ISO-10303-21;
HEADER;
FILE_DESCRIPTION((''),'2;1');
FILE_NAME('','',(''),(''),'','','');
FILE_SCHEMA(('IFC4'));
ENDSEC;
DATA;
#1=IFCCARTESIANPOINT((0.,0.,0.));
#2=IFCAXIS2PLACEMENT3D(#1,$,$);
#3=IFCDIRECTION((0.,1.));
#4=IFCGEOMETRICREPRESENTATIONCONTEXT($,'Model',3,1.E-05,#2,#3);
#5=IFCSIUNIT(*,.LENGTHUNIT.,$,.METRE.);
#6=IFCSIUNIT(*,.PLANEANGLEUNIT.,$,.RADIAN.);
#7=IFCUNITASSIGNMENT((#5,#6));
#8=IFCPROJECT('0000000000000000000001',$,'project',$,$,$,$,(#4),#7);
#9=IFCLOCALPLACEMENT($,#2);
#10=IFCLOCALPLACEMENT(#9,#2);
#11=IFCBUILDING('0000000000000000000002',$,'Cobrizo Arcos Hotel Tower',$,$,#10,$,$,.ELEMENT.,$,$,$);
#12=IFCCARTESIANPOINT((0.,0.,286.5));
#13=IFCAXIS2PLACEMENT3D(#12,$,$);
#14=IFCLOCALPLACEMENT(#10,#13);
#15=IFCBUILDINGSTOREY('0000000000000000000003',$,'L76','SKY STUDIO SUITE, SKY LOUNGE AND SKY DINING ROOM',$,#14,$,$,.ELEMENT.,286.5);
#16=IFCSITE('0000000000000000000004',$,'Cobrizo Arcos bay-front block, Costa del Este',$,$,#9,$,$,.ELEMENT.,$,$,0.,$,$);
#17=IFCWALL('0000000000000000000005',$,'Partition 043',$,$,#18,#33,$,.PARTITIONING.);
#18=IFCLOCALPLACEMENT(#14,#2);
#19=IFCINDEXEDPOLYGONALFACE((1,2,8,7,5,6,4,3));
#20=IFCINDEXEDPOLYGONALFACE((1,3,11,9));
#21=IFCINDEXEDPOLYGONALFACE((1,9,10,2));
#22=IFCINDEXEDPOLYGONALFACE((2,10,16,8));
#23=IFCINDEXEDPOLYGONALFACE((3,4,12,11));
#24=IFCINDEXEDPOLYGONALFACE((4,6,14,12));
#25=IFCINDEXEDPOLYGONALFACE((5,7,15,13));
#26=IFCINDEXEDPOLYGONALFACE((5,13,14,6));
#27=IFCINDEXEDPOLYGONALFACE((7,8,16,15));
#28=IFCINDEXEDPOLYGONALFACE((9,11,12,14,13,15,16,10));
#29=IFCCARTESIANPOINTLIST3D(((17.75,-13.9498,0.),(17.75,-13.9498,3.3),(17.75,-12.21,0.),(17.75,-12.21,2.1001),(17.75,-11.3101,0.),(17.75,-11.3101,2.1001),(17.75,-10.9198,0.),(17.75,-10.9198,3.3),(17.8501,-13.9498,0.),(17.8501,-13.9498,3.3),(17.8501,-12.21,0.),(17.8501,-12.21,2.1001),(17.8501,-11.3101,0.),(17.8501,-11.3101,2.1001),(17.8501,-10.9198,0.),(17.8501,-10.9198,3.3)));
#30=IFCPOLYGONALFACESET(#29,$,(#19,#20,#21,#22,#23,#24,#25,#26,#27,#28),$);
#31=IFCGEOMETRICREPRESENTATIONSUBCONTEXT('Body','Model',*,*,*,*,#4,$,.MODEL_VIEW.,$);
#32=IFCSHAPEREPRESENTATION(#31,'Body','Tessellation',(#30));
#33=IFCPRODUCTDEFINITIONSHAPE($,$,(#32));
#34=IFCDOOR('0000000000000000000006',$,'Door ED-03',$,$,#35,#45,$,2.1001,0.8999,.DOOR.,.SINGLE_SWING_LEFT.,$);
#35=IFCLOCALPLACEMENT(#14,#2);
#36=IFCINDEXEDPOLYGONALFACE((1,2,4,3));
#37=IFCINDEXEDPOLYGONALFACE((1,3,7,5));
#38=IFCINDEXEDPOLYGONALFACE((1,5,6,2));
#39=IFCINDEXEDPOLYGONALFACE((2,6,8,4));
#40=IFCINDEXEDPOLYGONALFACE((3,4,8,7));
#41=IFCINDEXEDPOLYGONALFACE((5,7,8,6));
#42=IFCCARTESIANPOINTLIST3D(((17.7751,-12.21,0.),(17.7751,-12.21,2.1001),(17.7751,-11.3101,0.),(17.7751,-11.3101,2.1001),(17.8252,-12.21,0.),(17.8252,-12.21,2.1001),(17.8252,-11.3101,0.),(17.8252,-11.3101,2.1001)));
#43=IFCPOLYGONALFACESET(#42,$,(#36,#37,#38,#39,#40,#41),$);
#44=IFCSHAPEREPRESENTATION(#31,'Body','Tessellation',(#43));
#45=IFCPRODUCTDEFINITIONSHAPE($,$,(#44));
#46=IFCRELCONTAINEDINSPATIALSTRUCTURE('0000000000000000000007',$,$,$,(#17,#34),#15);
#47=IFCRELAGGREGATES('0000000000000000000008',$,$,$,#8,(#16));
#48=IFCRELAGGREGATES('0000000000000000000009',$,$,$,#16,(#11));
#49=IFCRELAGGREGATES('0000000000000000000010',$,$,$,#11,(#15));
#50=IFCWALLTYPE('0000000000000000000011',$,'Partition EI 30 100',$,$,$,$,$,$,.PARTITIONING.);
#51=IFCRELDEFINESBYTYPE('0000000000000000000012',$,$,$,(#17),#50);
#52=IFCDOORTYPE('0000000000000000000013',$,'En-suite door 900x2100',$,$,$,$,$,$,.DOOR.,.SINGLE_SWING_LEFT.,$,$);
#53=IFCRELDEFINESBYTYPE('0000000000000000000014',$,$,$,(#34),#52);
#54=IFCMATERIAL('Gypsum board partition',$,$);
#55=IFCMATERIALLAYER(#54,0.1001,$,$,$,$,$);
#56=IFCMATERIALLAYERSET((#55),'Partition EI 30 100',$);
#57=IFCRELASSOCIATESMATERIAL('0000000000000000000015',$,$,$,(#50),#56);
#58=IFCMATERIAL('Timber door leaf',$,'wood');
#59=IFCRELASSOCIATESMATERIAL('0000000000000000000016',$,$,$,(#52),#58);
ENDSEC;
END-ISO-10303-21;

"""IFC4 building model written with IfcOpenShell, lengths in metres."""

from ifc_helpers import new_model, si_unit, direction, frame, frame_2d, origin, place, context, subcontext, project, spatial, rectangle, extrude, material, layer, layer_set, type_object, element, fill, save


model = new_model("IFC4")

# Units and contexts
model_context = context("Model", 3, precision=1e-05, world=origin(), true_north=direction((0.0, 1.0)))
body_context = subcontext(model_context, "Body", "Model", "MODEL_VIEW")
ifc_project = project(units=[si_unit("LENGTHUNIT", "METRE"), si_unit("PLANEANGLEUNIT", "RADIAN")], contexts=[model_context])

# Site, building, storey
site_placement = place(None, origin())
site = spatial("IfcSite", under=ifc_project, at=site_placement, Name="Cobrizo Arcos bay-front block, Costa del Este", CompositionType="ELEMENT", RefElevation=0.0)
building_placement = place(site_placement, origin())
building = spatial("IfcBuilding", under=site, at=building_placement, Name="Cobrizo Arcos Hotel Tower", CompositionType="ELEMENT")
storey_placement = place(building_placement, frame((0.0, 0.0, 286.5)))
storey = spatial("IfcBuildingStorey", under=building, at=storey_placement, Name="L76", Description="SKY STUDIO SUITE, SKY LOUNGE AND SKY DINING ROOM", CompositionType="ELEMENT", Elevation=286.5)

# Wall, opening, door
ifc_material_1 = material(Name="Gypsum board partition")
ifc_layer_1 = layer(ifc_material_1, 0.1001)
ifc_layer_set_1 = layer_set([ifc_layer_1], Name="Partition EI 30 100")
wall_type_1 = type_object("IfcWallType", Name="Partition EI 30 100", PredefinedType="PARTITIONING", material=ifc_layer_set_1)
wall_1_placement = place(storey_placement, frame((17.8, -13.95, 0.0), z_axis=(0.0, 0.0, 1.0), x_axis=(0.0, 1.0, 0.0)))
wall_1 = element("IfcWall", 1, at=wall_1_placement, inside=storey, type_object=wall_type_1, Name="Partition 043", PredefinedType="PARTITIONING", context=body_context, shape_type="SweptSolid", body=[
    extrude(rectangle(XDim=3.03, YDim=0.1001, at=frame_2d((1.5151, 0.0))), origin(), (0.0, 0.0, 1.0), 3.3),
])
opening_1_placement = place(wall_1_placement, frame((1.74, 0.0, 0.0)))
opening_1 = element("IfcOpeningElement", 2, at=opening_1_placement, cuts=wall_1, PredefinedType="OPENING", context=body_context, shape_type="SweptSolid", body=[
    extrude(rectangle(XDim=0.8999, YDim=2.1001, at=frame_2d((0.45, 1.05))), frame((0.0, 0.062, 0.0), z_axis=(0.0, -1.0, 0.0), x_axis=(1.0, 0.0, 0.0)), (0.0, 0.0, 1.0), 0.124),
])
ifc_material_2 = material(Name="Timber door leaf", Category="wood")
door_type_1 = type_object("IfcDoorType", Name="En-suite door 900x2100", OperationType="SINGLE_SWING_LEFT", PredefinedType="DOOR", material=ifc_material_2)
door_1_placement = place(opening_1_placement, origin())
door_1 = element("IfcDoor", 3, at=door_1_placement, inside=storey, type_object=door_type_1, Name="Door ED-03", OperationType="SINGLE_SWING_LEFT", OverallHeight=2.1001, OverallWidth=0.8999, PredefinedType="DOOR", context=body_context, shape_type="SweptSolid", body=[
    extrude(rectangle(XDim=0.8999, YDim=2.1001, at=frame_2d((0.45, 1.05))), frame((0.0, 0.0249, 0.0), z_axis=(0.0, -1.0, 0.0), x_axis=(1.0, 0.0, 0.0)), (0.0, 0.0, 1.0), 0.05),
])
fill(opening_1, door_1)

save(model, "model.ifc")
